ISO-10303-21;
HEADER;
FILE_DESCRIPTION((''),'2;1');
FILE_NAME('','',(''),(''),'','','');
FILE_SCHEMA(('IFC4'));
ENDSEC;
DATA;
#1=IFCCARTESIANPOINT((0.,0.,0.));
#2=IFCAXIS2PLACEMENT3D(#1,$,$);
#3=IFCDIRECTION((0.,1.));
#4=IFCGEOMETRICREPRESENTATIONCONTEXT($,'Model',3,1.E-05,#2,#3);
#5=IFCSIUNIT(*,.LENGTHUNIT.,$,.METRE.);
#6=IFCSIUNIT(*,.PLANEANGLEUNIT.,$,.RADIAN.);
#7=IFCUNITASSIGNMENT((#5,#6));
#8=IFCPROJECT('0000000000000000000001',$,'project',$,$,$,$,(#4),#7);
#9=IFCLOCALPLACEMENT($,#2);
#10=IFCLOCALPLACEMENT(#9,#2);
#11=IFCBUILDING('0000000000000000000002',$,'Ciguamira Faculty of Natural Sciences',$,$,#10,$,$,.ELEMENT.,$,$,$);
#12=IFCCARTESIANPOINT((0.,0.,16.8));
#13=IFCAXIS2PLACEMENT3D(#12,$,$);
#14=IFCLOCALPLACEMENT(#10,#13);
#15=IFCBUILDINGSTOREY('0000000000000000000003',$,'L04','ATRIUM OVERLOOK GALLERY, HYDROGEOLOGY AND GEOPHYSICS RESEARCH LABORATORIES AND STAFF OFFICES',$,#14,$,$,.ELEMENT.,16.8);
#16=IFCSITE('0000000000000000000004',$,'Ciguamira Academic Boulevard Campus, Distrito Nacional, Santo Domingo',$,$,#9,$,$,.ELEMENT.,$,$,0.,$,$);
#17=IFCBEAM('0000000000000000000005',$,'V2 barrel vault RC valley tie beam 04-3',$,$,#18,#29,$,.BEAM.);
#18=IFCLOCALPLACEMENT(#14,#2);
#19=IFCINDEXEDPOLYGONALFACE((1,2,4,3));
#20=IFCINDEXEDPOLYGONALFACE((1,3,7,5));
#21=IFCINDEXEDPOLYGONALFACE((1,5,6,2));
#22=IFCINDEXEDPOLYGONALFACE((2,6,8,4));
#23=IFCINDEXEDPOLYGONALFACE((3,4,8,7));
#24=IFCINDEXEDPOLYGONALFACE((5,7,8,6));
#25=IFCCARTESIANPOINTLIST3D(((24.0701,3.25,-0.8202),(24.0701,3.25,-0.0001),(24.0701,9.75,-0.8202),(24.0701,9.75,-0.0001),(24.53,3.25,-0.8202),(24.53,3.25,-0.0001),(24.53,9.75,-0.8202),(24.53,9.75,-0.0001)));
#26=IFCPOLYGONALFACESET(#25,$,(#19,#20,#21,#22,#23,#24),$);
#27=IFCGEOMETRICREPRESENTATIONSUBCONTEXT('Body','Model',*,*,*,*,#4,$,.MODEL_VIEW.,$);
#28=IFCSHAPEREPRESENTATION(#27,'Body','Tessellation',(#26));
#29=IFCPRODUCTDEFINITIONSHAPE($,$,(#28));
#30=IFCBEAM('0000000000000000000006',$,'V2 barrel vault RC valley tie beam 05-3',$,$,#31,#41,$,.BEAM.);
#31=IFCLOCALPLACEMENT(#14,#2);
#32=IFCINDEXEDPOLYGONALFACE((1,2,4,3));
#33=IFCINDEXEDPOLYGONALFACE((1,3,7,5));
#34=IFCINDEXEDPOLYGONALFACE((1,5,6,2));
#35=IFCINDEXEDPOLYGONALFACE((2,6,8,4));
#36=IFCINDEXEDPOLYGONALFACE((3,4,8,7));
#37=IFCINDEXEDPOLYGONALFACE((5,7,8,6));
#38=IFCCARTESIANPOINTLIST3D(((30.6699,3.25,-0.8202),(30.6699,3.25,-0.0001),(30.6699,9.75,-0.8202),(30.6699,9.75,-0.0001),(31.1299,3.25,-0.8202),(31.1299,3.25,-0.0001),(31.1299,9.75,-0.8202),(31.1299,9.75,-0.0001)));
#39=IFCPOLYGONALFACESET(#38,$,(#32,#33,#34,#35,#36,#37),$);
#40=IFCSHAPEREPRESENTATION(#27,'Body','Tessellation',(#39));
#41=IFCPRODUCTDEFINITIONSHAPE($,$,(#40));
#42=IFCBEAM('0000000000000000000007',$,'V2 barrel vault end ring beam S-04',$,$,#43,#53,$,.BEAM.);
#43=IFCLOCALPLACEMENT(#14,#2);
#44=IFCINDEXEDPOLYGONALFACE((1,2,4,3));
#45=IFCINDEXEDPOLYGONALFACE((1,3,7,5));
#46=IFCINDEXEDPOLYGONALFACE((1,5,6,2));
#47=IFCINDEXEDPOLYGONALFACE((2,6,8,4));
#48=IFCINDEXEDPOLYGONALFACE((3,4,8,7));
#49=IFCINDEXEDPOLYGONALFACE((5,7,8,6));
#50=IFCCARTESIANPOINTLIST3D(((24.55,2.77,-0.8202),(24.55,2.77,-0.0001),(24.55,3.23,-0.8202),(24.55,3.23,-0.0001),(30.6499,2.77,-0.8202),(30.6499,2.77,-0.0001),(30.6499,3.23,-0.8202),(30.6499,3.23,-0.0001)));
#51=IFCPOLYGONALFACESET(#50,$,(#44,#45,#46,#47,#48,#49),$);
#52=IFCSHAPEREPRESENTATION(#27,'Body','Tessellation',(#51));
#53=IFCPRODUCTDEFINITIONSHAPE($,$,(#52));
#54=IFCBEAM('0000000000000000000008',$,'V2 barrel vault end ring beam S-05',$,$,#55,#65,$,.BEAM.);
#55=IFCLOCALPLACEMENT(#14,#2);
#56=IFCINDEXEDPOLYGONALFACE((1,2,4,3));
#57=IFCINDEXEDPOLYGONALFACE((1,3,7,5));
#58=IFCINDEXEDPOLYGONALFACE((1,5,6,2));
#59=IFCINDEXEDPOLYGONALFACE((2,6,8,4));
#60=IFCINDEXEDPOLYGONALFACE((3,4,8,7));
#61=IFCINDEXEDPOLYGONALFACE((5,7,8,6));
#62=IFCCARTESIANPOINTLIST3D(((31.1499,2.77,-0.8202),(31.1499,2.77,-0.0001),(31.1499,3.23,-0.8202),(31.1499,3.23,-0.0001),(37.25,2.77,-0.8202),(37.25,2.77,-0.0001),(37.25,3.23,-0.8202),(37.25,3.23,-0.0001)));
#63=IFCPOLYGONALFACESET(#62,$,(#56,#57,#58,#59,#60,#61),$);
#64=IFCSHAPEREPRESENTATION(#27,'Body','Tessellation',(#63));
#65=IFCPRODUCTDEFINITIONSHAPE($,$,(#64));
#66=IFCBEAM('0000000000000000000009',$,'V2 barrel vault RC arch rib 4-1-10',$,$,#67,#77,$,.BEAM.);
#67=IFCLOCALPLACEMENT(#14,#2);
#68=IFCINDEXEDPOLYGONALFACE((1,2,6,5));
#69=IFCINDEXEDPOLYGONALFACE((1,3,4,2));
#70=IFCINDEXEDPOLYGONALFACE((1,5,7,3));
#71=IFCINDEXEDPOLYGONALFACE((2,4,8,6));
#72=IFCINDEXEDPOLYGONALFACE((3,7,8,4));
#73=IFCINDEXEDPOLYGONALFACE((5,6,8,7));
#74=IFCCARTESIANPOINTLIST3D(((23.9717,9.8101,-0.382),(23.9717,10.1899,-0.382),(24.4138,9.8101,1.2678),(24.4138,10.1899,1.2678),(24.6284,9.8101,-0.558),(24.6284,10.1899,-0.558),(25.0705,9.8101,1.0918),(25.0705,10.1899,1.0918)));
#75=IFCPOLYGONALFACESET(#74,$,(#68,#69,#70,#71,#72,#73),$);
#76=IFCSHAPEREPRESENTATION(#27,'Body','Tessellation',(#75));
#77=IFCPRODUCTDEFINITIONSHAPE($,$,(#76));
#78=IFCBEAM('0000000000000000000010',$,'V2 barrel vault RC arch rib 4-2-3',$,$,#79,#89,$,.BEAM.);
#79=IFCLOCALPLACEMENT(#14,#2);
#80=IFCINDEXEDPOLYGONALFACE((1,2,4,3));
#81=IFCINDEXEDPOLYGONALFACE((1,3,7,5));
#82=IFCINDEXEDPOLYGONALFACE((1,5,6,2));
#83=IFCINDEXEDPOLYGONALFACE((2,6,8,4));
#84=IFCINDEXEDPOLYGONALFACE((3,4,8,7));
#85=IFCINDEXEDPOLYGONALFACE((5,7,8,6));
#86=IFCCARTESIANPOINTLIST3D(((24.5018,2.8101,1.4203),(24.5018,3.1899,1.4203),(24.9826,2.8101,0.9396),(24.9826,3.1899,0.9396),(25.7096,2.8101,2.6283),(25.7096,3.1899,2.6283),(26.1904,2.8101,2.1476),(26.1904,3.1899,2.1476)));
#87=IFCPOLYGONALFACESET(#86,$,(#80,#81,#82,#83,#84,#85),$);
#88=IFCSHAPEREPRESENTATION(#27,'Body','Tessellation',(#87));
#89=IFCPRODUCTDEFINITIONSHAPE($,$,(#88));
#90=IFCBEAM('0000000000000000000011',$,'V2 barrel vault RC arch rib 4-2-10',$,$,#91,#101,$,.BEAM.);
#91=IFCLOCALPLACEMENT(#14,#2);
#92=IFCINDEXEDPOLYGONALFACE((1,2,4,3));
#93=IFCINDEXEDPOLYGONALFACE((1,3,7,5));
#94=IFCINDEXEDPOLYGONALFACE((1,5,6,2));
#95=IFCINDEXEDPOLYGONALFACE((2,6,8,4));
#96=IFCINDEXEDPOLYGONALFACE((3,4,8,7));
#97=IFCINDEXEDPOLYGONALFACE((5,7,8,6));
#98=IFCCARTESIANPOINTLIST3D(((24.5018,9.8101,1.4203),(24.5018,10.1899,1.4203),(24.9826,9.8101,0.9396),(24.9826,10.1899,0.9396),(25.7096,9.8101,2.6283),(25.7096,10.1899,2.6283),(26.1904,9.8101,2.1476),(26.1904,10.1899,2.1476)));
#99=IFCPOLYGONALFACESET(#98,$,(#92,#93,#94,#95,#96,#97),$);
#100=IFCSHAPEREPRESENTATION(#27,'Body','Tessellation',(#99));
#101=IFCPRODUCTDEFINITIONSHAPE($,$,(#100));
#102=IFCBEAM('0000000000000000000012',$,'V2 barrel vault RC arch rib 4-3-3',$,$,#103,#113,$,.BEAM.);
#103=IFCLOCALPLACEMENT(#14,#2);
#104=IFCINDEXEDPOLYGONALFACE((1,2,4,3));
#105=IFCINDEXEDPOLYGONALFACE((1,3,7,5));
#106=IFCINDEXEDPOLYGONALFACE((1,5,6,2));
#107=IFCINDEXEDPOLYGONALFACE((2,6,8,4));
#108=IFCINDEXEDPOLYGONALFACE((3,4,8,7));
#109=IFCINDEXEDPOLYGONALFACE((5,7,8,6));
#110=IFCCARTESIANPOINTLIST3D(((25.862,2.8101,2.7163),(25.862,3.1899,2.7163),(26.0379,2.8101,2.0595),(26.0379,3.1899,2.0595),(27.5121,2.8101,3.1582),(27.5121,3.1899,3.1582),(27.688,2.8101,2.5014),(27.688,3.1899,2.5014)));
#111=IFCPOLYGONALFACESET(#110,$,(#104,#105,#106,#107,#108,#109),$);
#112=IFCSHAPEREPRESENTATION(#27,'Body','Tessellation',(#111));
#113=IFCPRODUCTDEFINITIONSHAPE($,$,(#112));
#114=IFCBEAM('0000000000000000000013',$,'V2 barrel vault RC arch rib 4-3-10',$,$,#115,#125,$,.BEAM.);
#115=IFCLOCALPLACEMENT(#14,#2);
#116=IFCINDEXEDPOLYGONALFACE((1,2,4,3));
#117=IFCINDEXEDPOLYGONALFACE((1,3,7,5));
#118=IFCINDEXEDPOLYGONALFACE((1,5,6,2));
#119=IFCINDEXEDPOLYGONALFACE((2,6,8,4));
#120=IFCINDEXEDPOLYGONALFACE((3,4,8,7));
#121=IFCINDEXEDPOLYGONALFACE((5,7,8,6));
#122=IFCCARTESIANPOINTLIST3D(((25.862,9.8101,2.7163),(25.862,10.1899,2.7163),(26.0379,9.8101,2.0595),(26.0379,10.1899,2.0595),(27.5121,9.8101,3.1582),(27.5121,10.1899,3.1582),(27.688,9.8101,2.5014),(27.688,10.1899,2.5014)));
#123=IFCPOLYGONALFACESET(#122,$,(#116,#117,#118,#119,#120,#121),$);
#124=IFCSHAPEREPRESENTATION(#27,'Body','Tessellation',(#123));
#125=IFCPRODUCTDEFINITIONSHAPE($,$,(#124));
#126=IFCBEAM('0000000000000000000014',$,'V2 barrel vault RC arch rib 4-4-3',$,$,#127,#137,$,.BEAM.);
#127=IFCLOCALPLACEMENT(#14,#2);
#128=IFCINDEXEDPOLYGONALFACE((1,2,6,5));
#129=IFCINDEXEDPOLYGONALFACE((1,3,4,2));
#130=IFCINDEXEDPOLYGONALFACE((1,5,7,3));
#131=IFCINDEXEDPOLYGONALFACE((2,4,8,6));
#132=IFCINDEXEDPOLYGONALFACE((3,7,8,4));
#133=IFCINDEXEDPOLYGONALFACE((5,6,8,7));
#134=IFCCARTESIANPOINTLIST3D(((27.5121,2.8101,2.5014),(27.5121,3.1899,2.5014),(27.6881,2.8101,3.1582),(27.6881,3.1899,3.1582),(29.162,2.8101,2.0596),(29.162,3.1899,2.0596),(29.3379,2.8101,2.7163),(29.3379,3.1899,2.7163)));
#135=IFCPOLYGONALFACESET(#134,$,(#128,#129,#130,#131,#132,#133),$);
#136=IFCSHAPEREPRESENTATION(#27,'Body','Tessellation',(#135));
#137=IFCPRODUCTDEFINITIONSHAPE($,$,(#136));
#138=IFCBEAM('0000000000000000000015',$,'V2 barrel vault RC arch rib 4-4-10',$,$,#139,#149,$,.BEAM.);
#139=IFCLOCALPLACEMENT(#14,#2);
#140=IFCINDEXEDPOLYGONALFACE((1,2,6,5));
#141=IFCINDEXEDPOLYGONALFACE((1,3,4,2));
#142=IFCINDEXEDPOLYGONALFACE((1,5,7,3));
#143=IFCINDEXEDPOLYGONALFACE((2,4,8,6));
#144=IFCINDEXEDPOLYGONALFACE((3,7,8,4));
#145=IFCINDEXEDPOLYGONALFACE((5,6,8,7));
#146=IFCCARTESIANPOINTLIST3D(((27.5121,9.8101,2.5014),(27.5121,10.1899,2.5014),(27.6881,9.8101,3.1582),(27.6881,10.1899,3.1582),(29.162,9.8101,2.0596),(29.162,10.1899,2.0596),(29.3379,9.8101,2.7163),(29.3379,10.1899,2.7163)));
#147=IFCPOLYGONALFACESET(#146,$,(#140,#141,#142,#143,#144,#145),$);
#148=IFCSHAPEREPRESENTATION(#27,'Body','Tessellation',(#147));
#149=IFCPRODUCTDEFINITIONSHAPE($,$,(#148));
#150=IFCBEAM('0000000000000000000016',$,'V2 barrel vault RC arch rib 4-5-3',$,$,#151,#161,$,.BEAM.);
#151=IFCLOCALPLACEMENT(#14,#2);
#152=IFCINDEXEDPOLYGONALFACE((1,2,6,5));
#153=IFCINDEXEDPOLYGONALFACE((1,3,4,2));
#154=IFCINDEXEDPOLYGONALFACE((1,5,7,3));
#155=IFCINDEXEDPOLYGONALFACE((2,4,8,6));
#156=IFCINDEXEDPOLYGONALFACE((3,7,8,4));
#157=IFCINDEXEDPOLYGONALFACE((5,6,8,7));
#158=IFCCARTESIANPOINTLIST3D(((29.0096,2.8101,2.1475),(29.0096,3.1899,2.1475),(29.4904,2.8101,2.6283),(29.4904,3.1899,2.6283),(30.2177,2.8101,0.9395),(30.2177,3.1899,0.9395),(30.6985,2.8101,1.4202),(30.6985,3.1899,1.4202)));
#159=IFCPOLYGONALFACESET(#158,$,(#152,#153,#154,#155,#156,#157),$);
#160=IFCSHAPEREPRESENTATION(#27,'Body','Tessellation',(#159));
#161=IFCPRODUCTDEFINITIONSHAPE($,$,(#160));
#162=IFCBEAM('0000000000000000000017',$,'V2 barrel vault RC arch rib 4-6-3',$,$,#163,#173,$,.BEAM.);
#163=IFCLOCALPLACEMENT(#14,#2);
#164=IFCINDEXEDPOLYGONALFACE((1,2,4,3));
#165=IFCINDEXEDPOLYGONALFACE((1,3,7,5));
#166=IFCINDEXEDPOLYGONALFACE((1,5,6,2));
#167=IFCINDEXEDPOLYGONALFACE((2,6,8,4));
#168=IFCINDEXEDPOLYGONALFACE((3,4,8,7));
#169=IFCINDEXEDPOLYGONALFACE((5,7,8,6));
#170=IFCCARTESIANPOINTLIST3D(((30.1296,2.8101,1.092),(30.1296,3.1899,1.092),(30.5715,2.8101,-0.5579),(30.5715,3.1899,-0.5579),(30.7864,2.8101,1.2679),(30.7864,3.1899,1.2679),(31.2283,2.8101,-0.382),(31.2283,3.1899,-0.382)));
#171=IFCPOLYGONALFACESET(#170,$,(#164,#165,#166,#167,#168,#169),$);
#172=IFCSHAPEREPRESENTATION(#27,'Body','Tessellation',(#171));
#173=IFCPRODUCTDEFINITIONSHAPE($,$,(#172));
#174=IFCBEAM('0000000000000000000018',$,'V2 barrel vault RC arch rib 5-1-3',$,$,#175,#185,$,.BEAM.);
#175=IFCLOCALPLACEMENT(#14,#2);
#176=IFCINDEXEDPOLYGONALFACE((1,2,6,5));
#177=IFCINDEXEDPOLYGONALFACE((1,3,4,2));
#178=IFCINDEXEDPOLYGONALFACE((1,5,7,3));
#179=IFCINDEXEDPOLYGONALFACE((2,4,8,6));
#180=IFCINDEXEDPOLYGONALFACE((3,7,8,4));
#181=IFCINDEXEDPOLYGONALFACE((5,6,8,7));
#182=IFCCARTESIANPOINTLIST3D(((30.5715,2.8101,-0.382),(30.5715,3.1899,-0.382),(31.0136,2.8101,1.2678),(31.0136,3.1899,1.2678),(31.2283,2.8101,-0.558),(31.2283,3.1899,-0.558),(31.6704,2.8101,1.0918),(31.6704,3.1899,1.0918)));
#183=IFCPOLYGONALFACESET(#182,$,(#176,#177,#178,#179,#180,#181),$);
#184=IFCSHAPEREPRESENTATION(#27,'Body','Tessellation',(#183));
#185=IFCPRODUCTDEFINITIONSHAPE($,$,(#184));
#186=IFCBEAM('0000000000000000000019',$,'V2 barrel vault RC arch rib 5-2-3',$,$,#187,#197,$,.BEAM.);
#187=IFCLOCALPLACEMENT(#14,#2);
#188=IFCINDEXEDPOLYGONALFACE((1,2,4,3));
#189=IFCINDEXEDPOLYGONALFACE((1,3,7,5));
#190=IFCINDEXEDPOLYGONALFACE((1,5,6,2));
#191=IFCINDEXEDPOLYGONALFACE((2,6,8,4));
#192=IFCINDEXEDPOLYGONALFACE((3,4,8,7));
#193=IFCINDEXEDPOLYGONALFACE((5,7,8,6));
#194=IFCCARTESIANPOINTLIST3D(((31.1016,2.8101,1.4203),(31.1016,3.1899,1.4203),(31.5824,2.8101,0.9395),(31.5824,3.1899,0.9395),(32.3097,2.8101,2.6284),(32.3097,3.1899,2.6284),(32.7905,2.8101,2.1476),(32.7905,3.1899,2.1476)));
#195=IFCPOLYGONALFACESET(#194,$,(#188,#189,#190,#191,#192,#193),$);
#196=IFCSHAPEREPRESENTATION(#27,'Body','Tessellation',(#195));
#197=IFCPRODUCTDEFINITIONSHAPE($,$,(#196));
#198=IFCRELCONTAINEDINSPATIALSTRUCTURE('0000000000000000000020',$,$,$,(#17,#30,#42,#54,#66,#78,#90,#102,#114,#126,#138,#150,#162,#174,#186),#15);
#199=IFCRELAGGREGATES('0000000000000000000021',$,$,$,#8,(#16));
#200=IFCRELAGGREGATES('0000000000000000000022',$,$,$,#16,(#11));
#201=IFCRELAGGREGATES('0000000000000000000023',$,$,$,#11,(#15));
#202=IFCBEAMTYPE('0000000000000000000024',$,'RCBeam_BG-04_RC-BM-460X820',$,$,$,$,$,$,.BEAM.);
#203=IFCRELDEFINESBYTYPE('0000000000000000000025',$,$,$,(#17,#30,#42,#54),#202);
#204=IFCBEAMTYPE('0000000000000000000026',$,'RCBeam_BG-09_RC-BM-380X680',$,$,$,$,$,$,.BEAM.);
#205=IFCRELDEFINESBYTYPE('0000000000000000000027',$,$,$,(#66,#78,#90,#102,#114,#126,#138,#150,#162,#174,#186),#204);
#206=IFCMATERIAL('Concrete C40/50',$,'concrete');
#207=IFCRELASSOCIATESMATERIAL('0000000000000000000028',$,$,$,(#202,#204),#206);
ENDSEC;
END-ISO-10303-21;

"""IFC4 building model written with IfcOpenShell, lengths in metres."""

from ifc_helpers import new_model, si_unit, direction, frame, origin, origin_2d, place, context, subcontext, project, spatial, rectangle, extrude, material, material_profile, profile_set, type_object, element, save


model = new_model("IFC4")

# Units and contexts
model_context = context("Model", 3, precision=1e-05, world=origin(), true_north=direction((0.0, 1.0)))
body_context = subcontext(model_context, "Body", "Model", "MODEL_VIEW")
ifc_project = project(units=[si_unit("LENGTHUNIT", "METRE"), si_unit("PLANEANGLEUNIT", "RADIAN")], contexts=[model_context])

# Site, building, storey
site_placement = place(None, origin())
site = spatial("IfcSite", under=ifc_project, at=site_placement, Name="Ciguamira Academic Boulevard Campus, Distrito Nacional, Santo Domingo", CompositionType="ELEMENT", RefElevation=0.0)
building_placement = place(site_placement, origin())
building = spatial("IfcBuilding", under=site, at=building_placement, Name="Ciguamira Faculty of Natural Sciences", CompositionType="ELEMENT")
storey_placement = place(building_placement, frame((0.0, 0.0, 16.8)))
storey = spatial("IfcBuildingStorey", under=building, at=storey_placement, Name="L04", Description="ATRIUM OVERLOOK GALLERY, HYDROGEOLOGY AND GEOPHYSICS RESEARCH LABORATORIES AND STAFF OFFICES", CompositionType="ELEMENT", Elevation=16.8)

# Beams
ifc_material_1 = material(Name="Concrete C40/50", Category="concrete")
ifc_material_profile_1 = material_profile(ifc_material_1, rectangle(XDim=0.46, YDim=0.8201, at=origin_2d()), Name="RC-BM-460X820")
ifc_profile_set_1 = profile_set([ifc_material_profile_1], Name="Concrete C40/50")
beam_type_1 = type_object("IfcBeamType", Name="RCBeam_BG-04_RC-BM-460X820", PredefinedType="BEAM", material=ifc_profile_set_1)
for number, where, z_axis, x_axis, name in (
    (1, (24.3, 3.25, -0.4102), (0.0, 1.0, 0.0), (-1.0, 0.0, 0.0), "V2 barrel vault RC valley tie beam 04-3"),
    (2, (30.8999, 3.25, -0.4102), (0.0, 1.0, 0.0), (-1.0, 0.0, 0.0), "V2 barrel vault RC valley tie beam 05-3"),
):
    element("IfcBeam", number, at=place(storey_placement, frame(where, z_axis=z_axis, x_axis=x_axis)), inside=storey, type_object=beam_type_1, Name=name, PredefinedType="BEAM", context=body_context, shape_type="SweptSolid", body=[
        extrude(rectangle(XDim=0.46, YDim=0.8201, at=origin_2d()), origin(), (0.0, 0.0, 1.0), 6.5),
    ])
beam_1_placement = place(storey_placement, frame((24.55, 3.0, -0.4102), z_axis=(1.0, 0.0, 0.0), x_axis=(0.0, 1.0, 0.0)))
element("IfcBeam", 3, at=beam_1_placement, inside=storey, type_object=beam_type_1, Name="V2 barrel vault end ring beam S-04", PredefinedType="BEAM", context=body_context, shape_type="SweptSolid", body=[
    extrude(rectangle(XDim=0.46, YDim=0.8201, at=origin_2d()), origin(), (0.0, 0.0, 1.0), 6.0999),
])
beam_2_placement = place(storey_placement, frame((31.1499, 3.0, -0.4102), z_axis=(1.0, 0.0, 0.0), x_axis=(0.0, 1.0, 0.0)))
element("IfcBeam", 4, at=beam_2_placement, inside=storey, type_object=beam_type_1, Name="V2 barrel vault end ring beam S-05", PredefinedType="BEAM", context=body_context, shape_type="SweptSolid", body=[
    extrude(rectangle(XDim=0.46, YDim=0.8201, at=origin_2d()), origin(), (0.0, 0.0, 1.0), 6.1001),
])
ifc_material_profile_2 = material_profile(ifc_material_1, rectangle(XDim=0.3799, YDim=0.6799, at=origin_2d()), Name="RC-BM-380X680")
ifc_profile_set_2 = profile_set([ifc_material_profile_2], Name="Concrete C40/50")
beam_type_2 = type_object("IfcBeamType", Name="RCBeam_BG-09_RC-BM-380X680", PredefinedType="BEAM", material=ifc_profile_set_2)
beam_3_placement = place(storey_placement, frame((24.3, 10.0, -0.47), z_axis=(0.258846, 0.0, 0.965919), x_axis=(0.0, 1.0, 0.0)))
element("IfcBeam", 5, at=beam_3_placement, inside=storey, type_object=beam_type_2, Name="V2 barrel vault RC arch rib 4-1-10", PredefinedType="BEAM", context=body_context, shape_type="SweptSolid", body=[
    extrude(rectangle(XDim=0.3799, YDim=0.6799, at=origin_2d()), origin(), (0.0, 0.0, 1.0), 1.708),
])
for number, where, z_axis, x_axis, name in (
    (6, (24.7422, 3.0, 1.1799), (0.707035, 0.0, 0.707178), (0.0, 1.0, 0.0), "V2 barrel vault RC arch rib 4-2-3"),
    (7, (24.7422, 10.0, 1.1799), (0.707035, 0.0, 0.707178), (0.0, 1.0, 0.0), "V2 barrel vault RC arch rib 4-2-10"),
    (8, (25.95, 3.0, 2.3879), (0.965964, 0.0, 0.258677), (0.0, 1.0, 0.0), "V2 barrel vault RC arch rib 4-3-3"),
    (9, (25.95, 10.0, 2.3879), (0.965964, 0.0, 0.258677), (0.0, 1.0, 0.0), "V2 barrel vault RC arch rib 4-3-10"),
):
    element("IfcBeam", number, at=place(storey_placement, frame(where, z_axis=z_axis, x_axis=x_axis)), inside=storey, type_object=beam_type_2, Name=name, PredefinedType="BEAM", context=body_context, shape_type="SweptSolid", body=[
        extrude(rectangle(XDim=0.3799, YDim=0.6799, at=origin_2d()), origin(), (0.0, 0.0, 1.0), 1.7083),
    ])
for number, where, z_axis, x_axis, name in (
    (10, (27.6001, 3.0, 2.8298), (0.965954, 0.0, -0.258712), (0.0, 1.0, 0.0), "V2 barrel vault RC arch rib 4-4-3"),
    (11, (27.6001, 10.0, 2.8298), (0.965954, 0.0, -0.258712), (0.0, 1.0, 0.0), "V2 barrel vault RC arch rib 4-4-10"),
):
    element("IfcBeam", number, at=place(storey_placement, frame(where, z_axis=z_axis, x_axis=x_axis)), inside=storey, type_object=beam_type_2, Name=name, PredefinedType="BEAM", context=body_context, shape_type="SweptSolid", body=[
        extrude(rectangle(XDim=0.3799, YDim=0.6799, at=origin_2d()), origin(), (0.0, 0.0, 1.0), 1.708),
    ])
beam_4_placement = place(storey_placement, frame((29.25, 3.0, 2.3879), z_axis=(0.707107, 0.0, -0.707107), x_axis=(0.0, 1.0, 0.0)))
element("IfcBeam", 12, at=beam_4_placement, inside=storey, type_object=beam_type_2, Name="V2 barrel vault RC arch rib 4-5-3", PredefinedType="BEAM", context=body_context, shape_type="SweptSolid", body=[
    extrude(rectangle(XDim=0.3799, YDim=0.6799, at=origin_2d()), origin(), (0.0, 0.0, 1.0), 1.7085),
])
for number, where, z_axis, x_axis, name in (
    (13, (30.458, 3.0, 1.1799), (0.258712, 0.0, -0.965954), (0.0, 1.0, 0.0), "V2 barrel vault RC arch rib 4-6-3"),
    (14, (30.8999, 3.0, -0.47), (0.258846, 0.0, 0.965919), (0.0, 1.0, 0.0), "V2 barrel vault RC arch rib 5-1-3"),
):
    element("IfcBeam", number, at=place(storey_placement, frame(where, z_axis=z_axis, x_axis=x_axis)), inside=storey, type_object=beam_type_2, Name=name, PredefinedType="BEAM", context=body_context, shape_type="SweptSolid", body=[
        extrude(rectangle(XDim=0.3799, YDim=0.6799, at=origin_2d()), origin(), (0.0, 0.0, 1.0), 1.708),
    ])
beam_5_placement = place(storey_placement, frame((31.342, 3.0, 1.1799), z_axis=(0.707107, 0.0, 0.707107), x_axis=(0.0, 1.0, 0.0)))
element("IfcBeam", 15, at=beam_5_placement, inside=storey, type_object=beam_type_2, Name="V2 barrel vault RC arch rib 5-2-3", PredefinedType="BEAM", context=body_context, shape_type="SweptSolid", body=[
    extrude(rectangle(XDim=0.3799, YDim=0.6799, at=origin_2d()), origin(), (0.0, 0.0, 1.0), 1.7085),
])

save(model, "model.ifc")
